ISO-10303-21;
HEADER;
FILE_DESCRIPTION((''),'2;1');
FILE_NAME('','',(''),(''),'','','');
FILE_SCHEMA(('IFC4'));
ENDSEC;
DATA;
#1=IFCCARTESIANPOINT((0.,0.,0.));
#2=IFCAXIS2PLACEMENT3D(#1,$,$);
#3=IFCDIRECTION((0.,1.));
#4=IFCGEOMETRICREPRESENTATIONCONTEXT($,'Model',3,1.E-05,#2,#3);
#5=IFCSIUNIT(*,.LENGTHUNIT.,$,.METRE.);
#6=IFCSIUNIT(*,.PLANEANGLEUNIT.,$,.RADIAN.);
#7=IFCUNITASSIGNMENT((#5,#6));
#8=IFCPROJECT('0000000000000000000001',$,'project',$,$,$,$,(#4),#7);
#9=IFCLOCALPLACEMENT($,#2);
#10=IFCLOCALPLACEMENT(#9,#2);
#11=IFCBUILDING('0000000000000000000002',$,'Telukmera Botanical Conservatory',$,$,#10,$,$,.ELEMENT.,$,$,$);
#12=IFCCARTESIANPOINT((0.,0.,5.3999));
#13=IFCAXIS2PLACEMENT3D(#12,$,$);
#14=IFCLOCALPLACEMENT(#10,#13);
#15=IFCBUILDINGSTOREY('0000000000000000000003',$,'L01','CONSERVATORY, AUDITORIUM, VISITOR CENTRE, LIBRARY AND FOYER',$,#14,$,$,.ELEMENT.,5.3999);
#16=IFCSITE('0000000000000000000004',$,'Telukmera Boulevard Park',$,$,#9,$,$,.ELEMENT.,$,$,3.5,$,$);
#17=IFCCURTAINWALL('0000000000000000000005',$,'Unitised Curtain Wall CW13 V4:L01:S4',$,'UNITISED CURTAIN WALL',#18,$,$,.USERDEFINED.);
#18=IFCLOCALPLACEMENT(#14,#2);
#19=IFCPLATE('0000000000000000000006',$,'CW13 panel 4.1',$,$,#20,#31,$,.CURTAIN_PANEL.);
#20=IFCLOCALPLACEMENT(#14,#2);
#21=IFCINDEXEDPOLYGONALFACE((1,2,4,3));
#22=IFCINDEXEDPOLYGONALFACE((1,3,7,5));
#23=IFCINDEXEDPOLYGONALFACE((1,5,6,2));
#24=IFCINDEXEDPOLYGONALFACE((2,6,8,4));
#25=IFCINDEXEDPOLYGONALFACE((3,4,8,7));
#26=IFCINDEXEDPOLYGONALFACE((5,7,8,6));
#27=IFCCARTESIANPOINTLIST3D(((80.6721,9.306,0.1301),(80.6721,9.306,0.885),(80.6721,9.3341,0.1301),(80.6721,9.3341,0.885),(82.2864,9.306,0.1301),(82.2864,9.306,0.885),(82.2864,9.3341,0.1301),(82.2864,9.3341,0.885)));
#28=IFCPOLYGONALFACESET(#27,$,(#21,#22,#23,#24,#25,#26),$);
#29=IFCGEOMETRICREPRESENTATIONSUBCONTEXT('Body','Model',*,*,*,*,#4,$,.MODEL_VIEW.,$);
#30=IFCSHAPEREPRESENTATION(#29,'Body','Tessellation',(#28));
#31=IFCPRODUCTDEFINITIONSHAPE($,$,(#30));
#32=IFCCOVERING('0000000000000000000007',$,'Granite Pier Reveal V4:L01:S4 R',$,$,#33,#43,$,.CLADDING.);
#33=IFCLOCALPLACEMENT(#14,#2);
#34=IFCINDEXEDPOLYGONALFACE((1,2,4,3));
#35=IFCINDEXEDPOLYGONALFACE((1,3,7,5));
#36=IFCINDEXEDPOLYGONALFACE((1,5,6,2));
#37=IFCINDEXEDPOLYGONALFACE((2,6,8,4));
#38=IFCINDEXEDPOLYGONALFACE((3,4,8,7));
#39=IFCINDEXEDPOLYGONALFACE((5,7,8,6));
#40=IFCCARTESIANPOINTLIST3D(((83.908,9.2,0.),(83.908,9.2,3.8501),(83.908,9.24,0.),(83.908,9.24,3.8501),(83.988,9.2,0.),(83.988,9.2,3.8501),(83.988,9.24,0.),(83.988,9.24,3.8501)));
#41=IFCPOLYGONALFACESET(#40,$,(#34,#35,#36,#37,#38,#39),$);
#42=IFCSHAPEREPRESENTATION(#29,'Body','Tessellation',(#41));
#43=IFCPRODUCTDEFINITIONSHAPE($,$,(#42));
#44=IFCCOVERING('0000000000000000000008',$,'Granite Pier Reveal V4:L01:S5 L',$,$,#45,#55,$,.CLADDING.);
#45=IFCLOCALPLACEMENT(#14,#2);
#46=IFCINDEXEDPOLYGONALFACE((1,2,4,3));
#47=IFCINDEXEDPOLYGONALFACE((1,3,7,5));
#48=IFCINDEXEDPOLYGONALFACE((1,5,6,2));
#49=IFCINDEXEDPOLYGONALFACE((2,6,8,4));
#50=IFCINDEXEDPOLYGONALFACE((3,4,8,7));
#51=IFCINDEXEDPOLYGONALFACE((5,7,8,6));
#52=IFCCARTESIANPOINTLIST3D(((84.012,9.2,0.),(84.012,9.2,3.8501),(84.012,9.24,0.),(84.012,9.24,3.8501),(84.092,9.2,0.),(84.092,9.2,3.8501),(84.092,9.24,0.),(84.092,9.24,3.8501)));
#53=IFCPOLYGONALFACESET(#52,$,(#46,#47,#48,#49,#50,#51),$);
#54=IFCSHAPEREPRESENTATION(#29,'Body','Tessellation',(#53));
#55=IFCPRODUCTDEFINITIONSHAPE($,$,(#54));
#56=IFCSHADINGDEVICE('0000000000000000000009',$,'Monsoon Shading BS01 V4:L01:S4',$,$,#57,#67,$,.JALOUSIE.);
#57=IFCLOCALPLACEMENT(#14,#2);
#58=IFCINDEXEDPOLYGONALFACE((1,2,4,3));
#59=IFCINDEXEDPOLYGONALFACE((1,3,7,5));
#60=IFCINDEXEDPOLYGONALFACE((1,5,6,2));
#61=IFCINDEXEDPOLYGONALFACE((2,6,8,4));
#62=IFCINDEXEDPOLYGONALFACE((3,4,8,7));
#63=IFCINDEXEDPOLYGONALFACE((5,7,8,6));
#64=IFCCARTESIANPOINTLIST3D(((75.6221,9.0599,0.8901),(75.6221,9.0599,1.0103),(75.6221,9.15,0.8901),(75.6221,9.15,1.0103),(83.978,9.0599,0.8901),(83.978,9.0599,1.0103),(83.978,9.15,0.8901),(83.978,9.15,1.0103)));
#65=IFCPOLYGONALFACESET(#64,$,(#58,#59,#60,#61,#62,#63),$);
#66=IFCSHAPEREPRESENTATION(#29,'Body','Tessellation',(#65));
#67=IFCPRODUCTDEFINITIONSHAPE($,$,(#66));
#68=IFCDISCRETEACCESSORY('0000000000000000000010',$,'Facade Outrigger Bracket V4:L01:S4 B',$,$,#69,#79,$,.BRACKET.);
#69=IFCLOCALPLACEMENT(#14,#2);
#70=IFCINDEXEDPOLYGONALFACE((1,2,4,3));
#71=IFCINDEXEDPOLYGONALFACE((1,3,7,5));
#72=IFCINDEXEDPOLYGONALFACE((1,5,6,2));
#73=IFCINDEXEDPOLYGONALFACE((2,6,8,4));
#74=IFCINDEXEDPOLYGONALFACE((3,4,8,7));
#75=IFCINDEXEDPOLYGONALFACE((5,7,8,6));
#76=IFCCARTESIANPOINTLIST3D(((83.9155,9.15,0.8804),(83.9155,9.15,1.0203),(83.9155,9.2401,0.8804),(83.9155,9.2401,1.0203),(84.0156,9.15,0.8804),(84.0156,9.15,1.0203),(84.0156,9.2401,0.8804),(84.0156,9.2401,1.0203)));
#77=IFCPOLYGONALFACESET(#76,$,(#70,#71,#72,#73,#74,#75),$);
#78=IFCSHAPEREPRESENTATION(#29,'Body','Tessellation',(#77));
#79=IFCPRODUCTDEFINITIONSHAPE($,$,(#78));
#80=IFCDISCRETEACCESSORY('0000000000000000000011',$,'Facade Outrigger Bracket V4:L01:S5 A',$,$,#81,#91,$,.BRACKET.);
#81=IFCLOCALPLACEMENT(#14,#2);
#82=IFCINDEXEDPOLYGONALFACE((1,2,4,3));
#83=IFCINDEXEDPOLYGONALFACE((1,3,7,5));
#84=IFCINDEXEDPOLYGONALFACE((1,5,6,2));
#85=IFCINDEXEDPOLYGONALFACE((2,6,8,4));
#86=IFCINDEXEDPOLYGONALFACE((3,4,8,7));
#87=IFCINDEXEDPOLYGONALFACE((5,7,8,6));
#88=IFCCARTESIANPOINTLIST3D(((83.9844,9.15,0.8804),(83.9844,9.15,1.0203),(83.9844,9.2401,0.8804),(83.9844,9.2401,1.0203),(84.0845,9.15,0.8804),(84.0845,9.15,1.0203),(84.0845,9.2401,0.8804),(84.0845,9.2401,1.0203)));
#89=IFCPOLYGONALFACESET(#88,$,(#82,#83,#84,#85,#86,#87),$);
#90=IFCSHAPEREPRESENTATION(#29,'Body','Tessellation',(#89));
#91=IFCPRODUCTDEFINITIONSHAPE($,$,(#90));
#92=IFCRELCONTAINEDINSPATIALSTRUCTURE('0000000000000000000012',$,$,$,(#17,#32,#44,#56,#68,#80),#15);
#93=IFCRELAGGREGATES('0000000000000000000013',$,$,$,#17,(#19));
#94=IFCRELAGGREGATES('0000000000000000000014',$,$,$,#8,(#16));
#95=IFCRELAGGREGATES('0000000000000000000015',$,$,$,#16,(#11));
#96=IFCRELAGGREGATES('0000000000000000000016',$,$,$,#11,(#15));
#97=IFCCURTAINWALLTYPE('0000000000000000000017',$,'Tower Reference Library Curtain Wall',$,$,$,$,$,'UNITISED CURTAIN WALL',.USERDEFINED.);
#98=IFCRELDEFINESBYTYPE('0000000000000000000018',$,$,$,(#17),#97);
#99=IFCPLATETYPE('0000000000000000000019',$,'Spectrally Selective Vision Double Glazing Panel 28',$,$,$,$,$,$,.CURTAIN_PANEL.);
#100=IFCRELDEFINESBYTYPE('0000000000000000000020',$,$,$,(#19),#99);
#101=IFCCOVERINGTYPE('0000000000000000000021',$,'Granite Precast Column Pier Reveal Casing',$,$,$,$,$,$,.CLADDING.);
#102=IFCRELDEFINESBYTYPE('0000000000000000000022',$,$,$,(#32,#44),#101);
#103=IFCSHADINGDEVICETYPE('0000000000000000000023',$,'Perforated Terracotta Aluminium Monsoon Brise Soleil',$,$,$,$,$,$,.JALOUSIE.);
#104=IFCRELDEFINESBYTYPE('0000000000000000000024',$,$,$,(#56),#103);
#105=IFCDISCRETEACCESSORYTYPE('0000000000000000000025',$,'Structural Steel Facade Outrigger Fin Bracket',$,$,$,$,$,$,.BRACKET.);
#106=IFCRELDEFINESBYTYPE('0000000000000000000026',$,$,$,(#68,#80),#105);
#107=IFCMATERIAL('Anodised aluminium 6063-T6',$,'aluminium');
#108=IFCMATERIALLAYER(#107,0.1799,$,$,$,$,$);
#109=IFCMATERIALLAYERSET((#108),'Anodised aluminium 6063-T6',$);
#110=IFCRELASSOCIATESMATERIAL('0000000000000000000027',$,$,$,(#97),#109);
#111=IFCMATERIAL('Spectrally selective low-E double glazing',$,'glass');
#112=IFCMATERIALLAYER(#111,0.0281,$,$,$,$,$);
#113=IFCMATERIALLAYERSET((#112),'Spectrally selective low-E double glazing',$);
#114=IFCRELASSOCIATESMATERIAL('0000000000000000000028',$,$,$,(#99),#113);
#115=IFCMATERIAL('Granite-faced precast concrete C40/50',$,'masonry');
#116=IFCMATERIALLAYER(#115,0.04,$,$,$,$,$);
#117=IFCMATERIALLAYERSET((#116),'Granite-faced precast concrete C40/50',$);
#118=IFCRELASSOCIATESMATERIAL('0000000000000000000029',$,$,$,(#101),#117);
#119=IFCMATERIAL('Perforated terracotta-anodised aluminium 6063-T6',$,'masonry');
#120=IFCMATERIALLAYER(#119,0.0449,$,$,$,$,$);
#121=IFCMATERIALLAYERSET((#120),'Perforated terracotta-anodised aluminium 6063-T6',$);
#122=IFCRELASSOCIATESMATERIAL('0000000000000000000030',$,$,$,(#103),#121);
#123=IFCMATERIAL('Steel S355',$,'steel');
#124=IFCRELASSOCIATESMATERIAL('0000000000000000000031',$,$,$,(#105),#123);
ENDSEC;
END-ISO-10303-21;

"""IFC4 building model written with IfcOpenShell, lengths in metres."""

from ifc_helpers import new_model, si_unit, direction, frame, origin, origin_2d, place, context, subcontext, project, spatial, rectangle, extrude, material, layer, layer_set, type_object, element, aggregate, save


model = new_model("IFC4")

# Units and contexts
model_context = context("Model", 3, precision=1e-05, world=origin(), true_north=direction((0.0, 1.0)))
body_context = subcontext(model_context, "Body", "Model", "MODEL_VIEW")
ifc_project = project(units=[si_unit("LENGTHUNIT", "METRE"), si_unit("PLANEANGLEUNIT", "RADIAN")], contexts=[model_context])

# Site, building, storey
site_placement = place(None, origin())
site = spatial("IfcSite", under=ifc_project, at=site_placement, Name="Telukmera Boulevard Park", CompositionType="ELEMENT", RefElevation=3.5)
building_placement = place(site_placement, origin())
building = spatial("IfcBuilding", under=site, at=building_placement, Name="Telukmera Botanical Conservatory", CompositionType="ELEMENT")
storey_placement = place(building_placement, frame((0.0, 0.0, 5.3999)))
storey = spatial("IfcBuildingStorey", under=building, at=storey_placement, Name="L01", Description="CONSERVATORY, AUDITORIUM, VISITOR CENTRE, LIBRARY AND FOYER", CompositionType="ELEMENT", Elevation=5.3999)

# Curtain wall, plate
ifc_material_1 = material(Name="Anodised aluminium 6063-T6", Category="aluminium")
ifc_layer_1 = layer(ifc_material_1, 0.1799)
ifc_layer_set_1 = layer_set([ifc_layer_1], Name="Anodised aluminium 6063-T6")
curtain_wall_type = type_object("IfcCurtainWallType", Name="Tower Reference Library Curtain Wall", ElementType="UNITISED CURTAIN WALL", PredefinedType="USERDEFINED", material=ifc_layer_set_1)
curtain_wall_placement = place(storey_placement, origin())
curtain_wall = element("IfcCurtainWall", 1, at=curtain_wall_placement, inside=storey, type_object=curtain_wall_type, Name="Unitised Curtain Wall CW13 V4:L01:S4", ObjectType="UNITISED CURTAIN WALL", PredefinedType="USERDEFINED")
ifc_material_2 = material(Name="Spectrally selective low-E double glazing", Category="glass")
ifc_layer_2 = layer(ifc_material_2, 0.0281)
ifc_layer_set_2 = layer_set([ifc_layer_2], Name="Spectrally selective low-E double glazing")
plate_type = type_object("IfcPlateType", Name="Spectrally Selective Vision Double Glazing Panel 28", PredefinedType="CURTAIN_PANEL", material=ifc_layer_set_2)
plate_1_placement = place(storey_placement, frame((81.4792, 9.3201, 0.1301), z_axis=(0.0, 0.0, 1.0), x_axis=(1.0, 0.0, 0.0)))
plate_1 = element("IfcPlate", 2, at=plate_1_placement, type_object=plate_type, Name="CW13 panel 4.1", PredefinedType="CURTAIN_PANEL", context=body_context, shape_type="SweptSolid", body=[
    extrude(rectangle(XDim=1.6143, YDim=0.0281, at=origin_2d()), origin(), (0.0, 0.0, 1.0), 0.7549),
])
aggregate(curtain_wall, [plate_1])

# Coverings
ifc_material_3 = material(Name="Granite-faced precast concrete C40/50", Category="masonry")
ifc_layer_3 = layer(ifc_material_3, 0.04)
ifc_layer_set_3 = layer_set([ifc_layer_3], Name="Granite-faced precast concrete C40/50")
covering_type = type_object("IfcCoveringType", Name="Granite Precast Column Pier Reveal Casing", PredefinedType="CLADDING", material=ifc_layer_set_3)
for number, where, z_axis, x_axis, name in (
    (3, (83.948, 9.22, 0.0), (0.0, 0.0, 1.0), (1.0, 0.0, 0.0), "Granite Pier Reveal V4:L01:S4 R"),
    (4, (84.052, 9.22, 0.0), (0.0, 0.0, 1.0), (1.0, 0.0, 0.0), "Granite Pier Reveal V4:L01:S5 L"),
):
    element("IfcCovering", number, at=place(storey_placement, frame(where, z_axis=z_axis, x_axis=x_axis)), inside=storey, type_object=covering_type, Name=name, PredefinedType="CLADDING", context=body_context, shape_type="SweptSolid", body=[
        extrude(rectangle(XDim=0.0801, YDim=0.04, at=origin_2d()), origin(), (0.0, 0.0, 1.0), 3.8501),
    ])

# Shading device
ifc_material_4 = material(Name="Perforated terracotta-anodised aluminium 6063-T6", Category="masonry")
ifc_layer_4 = layer(ifc_material_4, 0.0449)
ifc_layer_set_4 = layer_set([ifc_layer_4], Name="Perforated terracotta-anodised aluminium 6063-T6")
shading_device_type = type_object("IfcShadingDeviceType", Name="Perforated Terracotta Aluminium Monsoon Brise Soleil", PredefinedType="JALOUSIE", material=ifc_layer_set_4)
shading_device_placement = place(storey_placement, frame((79.8, 9.105, 0.8901), z_axis=(0.0, 0.0, 1.0), x_axis=(1.0, 0.0, 0.0)))
element("IfcShadingDevice", 5, at=shading_device_placement, inside=storey, type_object=shading_device_type, Name="Monsoon Shading BS01 V4:L01:S4", PredefinedType="JALOUSIE", context=body_context, shape_type="SweptSolid", body=[
    extrude(rectangle(XDim=8.356, YDim=0.0901, at=origin_2d()), origin(), (0.0, 0.0, 1.0), 0.1201),
])

# Discrete accessories
ifc_material_5 = material(Name="Steel S355", Category="steel")
discrete_accessory_type = type_object("IfcDiscreteAccessoryType", Name="Structural Steel Facade Outrigger Fin Bracket", PredefinedType="BRACKET", material=ifc_material_5)
for number, where, z_axis, x_axis, name in (
    (6, (83.9656, 9.1951, 0.8804), (0.0, 0.0, 1.0), (1.0, 0.0, 0.0), "Facade Outrigger Bracket V4:L01:S4 B"),
    (7, (84.0344, 9.1951, 0.8804), (0.0, 0.0, 1.0), (1.0, 0.0, 0.0), "Facade Outrigger Bracket V4:L01:S5 A"),
):
    element("IfcDiscreteAccessory", number, at=place(storey_placement, frame(where, z_axis=z_axis, x_axis=x_axis)), inside=storey, type_object=discrete_accessory_type, Name=name, PredefinedType="BRACKET", context=body_context, shape_type="SweptSolid", body=[
        extrude(rectangle(XDim=0.1001, YDim=0.0901, at=origin_2d()), origin(), (0.0, 0.0, 1.0), 0.1399),
    ])

save(model, "model.ifc")
